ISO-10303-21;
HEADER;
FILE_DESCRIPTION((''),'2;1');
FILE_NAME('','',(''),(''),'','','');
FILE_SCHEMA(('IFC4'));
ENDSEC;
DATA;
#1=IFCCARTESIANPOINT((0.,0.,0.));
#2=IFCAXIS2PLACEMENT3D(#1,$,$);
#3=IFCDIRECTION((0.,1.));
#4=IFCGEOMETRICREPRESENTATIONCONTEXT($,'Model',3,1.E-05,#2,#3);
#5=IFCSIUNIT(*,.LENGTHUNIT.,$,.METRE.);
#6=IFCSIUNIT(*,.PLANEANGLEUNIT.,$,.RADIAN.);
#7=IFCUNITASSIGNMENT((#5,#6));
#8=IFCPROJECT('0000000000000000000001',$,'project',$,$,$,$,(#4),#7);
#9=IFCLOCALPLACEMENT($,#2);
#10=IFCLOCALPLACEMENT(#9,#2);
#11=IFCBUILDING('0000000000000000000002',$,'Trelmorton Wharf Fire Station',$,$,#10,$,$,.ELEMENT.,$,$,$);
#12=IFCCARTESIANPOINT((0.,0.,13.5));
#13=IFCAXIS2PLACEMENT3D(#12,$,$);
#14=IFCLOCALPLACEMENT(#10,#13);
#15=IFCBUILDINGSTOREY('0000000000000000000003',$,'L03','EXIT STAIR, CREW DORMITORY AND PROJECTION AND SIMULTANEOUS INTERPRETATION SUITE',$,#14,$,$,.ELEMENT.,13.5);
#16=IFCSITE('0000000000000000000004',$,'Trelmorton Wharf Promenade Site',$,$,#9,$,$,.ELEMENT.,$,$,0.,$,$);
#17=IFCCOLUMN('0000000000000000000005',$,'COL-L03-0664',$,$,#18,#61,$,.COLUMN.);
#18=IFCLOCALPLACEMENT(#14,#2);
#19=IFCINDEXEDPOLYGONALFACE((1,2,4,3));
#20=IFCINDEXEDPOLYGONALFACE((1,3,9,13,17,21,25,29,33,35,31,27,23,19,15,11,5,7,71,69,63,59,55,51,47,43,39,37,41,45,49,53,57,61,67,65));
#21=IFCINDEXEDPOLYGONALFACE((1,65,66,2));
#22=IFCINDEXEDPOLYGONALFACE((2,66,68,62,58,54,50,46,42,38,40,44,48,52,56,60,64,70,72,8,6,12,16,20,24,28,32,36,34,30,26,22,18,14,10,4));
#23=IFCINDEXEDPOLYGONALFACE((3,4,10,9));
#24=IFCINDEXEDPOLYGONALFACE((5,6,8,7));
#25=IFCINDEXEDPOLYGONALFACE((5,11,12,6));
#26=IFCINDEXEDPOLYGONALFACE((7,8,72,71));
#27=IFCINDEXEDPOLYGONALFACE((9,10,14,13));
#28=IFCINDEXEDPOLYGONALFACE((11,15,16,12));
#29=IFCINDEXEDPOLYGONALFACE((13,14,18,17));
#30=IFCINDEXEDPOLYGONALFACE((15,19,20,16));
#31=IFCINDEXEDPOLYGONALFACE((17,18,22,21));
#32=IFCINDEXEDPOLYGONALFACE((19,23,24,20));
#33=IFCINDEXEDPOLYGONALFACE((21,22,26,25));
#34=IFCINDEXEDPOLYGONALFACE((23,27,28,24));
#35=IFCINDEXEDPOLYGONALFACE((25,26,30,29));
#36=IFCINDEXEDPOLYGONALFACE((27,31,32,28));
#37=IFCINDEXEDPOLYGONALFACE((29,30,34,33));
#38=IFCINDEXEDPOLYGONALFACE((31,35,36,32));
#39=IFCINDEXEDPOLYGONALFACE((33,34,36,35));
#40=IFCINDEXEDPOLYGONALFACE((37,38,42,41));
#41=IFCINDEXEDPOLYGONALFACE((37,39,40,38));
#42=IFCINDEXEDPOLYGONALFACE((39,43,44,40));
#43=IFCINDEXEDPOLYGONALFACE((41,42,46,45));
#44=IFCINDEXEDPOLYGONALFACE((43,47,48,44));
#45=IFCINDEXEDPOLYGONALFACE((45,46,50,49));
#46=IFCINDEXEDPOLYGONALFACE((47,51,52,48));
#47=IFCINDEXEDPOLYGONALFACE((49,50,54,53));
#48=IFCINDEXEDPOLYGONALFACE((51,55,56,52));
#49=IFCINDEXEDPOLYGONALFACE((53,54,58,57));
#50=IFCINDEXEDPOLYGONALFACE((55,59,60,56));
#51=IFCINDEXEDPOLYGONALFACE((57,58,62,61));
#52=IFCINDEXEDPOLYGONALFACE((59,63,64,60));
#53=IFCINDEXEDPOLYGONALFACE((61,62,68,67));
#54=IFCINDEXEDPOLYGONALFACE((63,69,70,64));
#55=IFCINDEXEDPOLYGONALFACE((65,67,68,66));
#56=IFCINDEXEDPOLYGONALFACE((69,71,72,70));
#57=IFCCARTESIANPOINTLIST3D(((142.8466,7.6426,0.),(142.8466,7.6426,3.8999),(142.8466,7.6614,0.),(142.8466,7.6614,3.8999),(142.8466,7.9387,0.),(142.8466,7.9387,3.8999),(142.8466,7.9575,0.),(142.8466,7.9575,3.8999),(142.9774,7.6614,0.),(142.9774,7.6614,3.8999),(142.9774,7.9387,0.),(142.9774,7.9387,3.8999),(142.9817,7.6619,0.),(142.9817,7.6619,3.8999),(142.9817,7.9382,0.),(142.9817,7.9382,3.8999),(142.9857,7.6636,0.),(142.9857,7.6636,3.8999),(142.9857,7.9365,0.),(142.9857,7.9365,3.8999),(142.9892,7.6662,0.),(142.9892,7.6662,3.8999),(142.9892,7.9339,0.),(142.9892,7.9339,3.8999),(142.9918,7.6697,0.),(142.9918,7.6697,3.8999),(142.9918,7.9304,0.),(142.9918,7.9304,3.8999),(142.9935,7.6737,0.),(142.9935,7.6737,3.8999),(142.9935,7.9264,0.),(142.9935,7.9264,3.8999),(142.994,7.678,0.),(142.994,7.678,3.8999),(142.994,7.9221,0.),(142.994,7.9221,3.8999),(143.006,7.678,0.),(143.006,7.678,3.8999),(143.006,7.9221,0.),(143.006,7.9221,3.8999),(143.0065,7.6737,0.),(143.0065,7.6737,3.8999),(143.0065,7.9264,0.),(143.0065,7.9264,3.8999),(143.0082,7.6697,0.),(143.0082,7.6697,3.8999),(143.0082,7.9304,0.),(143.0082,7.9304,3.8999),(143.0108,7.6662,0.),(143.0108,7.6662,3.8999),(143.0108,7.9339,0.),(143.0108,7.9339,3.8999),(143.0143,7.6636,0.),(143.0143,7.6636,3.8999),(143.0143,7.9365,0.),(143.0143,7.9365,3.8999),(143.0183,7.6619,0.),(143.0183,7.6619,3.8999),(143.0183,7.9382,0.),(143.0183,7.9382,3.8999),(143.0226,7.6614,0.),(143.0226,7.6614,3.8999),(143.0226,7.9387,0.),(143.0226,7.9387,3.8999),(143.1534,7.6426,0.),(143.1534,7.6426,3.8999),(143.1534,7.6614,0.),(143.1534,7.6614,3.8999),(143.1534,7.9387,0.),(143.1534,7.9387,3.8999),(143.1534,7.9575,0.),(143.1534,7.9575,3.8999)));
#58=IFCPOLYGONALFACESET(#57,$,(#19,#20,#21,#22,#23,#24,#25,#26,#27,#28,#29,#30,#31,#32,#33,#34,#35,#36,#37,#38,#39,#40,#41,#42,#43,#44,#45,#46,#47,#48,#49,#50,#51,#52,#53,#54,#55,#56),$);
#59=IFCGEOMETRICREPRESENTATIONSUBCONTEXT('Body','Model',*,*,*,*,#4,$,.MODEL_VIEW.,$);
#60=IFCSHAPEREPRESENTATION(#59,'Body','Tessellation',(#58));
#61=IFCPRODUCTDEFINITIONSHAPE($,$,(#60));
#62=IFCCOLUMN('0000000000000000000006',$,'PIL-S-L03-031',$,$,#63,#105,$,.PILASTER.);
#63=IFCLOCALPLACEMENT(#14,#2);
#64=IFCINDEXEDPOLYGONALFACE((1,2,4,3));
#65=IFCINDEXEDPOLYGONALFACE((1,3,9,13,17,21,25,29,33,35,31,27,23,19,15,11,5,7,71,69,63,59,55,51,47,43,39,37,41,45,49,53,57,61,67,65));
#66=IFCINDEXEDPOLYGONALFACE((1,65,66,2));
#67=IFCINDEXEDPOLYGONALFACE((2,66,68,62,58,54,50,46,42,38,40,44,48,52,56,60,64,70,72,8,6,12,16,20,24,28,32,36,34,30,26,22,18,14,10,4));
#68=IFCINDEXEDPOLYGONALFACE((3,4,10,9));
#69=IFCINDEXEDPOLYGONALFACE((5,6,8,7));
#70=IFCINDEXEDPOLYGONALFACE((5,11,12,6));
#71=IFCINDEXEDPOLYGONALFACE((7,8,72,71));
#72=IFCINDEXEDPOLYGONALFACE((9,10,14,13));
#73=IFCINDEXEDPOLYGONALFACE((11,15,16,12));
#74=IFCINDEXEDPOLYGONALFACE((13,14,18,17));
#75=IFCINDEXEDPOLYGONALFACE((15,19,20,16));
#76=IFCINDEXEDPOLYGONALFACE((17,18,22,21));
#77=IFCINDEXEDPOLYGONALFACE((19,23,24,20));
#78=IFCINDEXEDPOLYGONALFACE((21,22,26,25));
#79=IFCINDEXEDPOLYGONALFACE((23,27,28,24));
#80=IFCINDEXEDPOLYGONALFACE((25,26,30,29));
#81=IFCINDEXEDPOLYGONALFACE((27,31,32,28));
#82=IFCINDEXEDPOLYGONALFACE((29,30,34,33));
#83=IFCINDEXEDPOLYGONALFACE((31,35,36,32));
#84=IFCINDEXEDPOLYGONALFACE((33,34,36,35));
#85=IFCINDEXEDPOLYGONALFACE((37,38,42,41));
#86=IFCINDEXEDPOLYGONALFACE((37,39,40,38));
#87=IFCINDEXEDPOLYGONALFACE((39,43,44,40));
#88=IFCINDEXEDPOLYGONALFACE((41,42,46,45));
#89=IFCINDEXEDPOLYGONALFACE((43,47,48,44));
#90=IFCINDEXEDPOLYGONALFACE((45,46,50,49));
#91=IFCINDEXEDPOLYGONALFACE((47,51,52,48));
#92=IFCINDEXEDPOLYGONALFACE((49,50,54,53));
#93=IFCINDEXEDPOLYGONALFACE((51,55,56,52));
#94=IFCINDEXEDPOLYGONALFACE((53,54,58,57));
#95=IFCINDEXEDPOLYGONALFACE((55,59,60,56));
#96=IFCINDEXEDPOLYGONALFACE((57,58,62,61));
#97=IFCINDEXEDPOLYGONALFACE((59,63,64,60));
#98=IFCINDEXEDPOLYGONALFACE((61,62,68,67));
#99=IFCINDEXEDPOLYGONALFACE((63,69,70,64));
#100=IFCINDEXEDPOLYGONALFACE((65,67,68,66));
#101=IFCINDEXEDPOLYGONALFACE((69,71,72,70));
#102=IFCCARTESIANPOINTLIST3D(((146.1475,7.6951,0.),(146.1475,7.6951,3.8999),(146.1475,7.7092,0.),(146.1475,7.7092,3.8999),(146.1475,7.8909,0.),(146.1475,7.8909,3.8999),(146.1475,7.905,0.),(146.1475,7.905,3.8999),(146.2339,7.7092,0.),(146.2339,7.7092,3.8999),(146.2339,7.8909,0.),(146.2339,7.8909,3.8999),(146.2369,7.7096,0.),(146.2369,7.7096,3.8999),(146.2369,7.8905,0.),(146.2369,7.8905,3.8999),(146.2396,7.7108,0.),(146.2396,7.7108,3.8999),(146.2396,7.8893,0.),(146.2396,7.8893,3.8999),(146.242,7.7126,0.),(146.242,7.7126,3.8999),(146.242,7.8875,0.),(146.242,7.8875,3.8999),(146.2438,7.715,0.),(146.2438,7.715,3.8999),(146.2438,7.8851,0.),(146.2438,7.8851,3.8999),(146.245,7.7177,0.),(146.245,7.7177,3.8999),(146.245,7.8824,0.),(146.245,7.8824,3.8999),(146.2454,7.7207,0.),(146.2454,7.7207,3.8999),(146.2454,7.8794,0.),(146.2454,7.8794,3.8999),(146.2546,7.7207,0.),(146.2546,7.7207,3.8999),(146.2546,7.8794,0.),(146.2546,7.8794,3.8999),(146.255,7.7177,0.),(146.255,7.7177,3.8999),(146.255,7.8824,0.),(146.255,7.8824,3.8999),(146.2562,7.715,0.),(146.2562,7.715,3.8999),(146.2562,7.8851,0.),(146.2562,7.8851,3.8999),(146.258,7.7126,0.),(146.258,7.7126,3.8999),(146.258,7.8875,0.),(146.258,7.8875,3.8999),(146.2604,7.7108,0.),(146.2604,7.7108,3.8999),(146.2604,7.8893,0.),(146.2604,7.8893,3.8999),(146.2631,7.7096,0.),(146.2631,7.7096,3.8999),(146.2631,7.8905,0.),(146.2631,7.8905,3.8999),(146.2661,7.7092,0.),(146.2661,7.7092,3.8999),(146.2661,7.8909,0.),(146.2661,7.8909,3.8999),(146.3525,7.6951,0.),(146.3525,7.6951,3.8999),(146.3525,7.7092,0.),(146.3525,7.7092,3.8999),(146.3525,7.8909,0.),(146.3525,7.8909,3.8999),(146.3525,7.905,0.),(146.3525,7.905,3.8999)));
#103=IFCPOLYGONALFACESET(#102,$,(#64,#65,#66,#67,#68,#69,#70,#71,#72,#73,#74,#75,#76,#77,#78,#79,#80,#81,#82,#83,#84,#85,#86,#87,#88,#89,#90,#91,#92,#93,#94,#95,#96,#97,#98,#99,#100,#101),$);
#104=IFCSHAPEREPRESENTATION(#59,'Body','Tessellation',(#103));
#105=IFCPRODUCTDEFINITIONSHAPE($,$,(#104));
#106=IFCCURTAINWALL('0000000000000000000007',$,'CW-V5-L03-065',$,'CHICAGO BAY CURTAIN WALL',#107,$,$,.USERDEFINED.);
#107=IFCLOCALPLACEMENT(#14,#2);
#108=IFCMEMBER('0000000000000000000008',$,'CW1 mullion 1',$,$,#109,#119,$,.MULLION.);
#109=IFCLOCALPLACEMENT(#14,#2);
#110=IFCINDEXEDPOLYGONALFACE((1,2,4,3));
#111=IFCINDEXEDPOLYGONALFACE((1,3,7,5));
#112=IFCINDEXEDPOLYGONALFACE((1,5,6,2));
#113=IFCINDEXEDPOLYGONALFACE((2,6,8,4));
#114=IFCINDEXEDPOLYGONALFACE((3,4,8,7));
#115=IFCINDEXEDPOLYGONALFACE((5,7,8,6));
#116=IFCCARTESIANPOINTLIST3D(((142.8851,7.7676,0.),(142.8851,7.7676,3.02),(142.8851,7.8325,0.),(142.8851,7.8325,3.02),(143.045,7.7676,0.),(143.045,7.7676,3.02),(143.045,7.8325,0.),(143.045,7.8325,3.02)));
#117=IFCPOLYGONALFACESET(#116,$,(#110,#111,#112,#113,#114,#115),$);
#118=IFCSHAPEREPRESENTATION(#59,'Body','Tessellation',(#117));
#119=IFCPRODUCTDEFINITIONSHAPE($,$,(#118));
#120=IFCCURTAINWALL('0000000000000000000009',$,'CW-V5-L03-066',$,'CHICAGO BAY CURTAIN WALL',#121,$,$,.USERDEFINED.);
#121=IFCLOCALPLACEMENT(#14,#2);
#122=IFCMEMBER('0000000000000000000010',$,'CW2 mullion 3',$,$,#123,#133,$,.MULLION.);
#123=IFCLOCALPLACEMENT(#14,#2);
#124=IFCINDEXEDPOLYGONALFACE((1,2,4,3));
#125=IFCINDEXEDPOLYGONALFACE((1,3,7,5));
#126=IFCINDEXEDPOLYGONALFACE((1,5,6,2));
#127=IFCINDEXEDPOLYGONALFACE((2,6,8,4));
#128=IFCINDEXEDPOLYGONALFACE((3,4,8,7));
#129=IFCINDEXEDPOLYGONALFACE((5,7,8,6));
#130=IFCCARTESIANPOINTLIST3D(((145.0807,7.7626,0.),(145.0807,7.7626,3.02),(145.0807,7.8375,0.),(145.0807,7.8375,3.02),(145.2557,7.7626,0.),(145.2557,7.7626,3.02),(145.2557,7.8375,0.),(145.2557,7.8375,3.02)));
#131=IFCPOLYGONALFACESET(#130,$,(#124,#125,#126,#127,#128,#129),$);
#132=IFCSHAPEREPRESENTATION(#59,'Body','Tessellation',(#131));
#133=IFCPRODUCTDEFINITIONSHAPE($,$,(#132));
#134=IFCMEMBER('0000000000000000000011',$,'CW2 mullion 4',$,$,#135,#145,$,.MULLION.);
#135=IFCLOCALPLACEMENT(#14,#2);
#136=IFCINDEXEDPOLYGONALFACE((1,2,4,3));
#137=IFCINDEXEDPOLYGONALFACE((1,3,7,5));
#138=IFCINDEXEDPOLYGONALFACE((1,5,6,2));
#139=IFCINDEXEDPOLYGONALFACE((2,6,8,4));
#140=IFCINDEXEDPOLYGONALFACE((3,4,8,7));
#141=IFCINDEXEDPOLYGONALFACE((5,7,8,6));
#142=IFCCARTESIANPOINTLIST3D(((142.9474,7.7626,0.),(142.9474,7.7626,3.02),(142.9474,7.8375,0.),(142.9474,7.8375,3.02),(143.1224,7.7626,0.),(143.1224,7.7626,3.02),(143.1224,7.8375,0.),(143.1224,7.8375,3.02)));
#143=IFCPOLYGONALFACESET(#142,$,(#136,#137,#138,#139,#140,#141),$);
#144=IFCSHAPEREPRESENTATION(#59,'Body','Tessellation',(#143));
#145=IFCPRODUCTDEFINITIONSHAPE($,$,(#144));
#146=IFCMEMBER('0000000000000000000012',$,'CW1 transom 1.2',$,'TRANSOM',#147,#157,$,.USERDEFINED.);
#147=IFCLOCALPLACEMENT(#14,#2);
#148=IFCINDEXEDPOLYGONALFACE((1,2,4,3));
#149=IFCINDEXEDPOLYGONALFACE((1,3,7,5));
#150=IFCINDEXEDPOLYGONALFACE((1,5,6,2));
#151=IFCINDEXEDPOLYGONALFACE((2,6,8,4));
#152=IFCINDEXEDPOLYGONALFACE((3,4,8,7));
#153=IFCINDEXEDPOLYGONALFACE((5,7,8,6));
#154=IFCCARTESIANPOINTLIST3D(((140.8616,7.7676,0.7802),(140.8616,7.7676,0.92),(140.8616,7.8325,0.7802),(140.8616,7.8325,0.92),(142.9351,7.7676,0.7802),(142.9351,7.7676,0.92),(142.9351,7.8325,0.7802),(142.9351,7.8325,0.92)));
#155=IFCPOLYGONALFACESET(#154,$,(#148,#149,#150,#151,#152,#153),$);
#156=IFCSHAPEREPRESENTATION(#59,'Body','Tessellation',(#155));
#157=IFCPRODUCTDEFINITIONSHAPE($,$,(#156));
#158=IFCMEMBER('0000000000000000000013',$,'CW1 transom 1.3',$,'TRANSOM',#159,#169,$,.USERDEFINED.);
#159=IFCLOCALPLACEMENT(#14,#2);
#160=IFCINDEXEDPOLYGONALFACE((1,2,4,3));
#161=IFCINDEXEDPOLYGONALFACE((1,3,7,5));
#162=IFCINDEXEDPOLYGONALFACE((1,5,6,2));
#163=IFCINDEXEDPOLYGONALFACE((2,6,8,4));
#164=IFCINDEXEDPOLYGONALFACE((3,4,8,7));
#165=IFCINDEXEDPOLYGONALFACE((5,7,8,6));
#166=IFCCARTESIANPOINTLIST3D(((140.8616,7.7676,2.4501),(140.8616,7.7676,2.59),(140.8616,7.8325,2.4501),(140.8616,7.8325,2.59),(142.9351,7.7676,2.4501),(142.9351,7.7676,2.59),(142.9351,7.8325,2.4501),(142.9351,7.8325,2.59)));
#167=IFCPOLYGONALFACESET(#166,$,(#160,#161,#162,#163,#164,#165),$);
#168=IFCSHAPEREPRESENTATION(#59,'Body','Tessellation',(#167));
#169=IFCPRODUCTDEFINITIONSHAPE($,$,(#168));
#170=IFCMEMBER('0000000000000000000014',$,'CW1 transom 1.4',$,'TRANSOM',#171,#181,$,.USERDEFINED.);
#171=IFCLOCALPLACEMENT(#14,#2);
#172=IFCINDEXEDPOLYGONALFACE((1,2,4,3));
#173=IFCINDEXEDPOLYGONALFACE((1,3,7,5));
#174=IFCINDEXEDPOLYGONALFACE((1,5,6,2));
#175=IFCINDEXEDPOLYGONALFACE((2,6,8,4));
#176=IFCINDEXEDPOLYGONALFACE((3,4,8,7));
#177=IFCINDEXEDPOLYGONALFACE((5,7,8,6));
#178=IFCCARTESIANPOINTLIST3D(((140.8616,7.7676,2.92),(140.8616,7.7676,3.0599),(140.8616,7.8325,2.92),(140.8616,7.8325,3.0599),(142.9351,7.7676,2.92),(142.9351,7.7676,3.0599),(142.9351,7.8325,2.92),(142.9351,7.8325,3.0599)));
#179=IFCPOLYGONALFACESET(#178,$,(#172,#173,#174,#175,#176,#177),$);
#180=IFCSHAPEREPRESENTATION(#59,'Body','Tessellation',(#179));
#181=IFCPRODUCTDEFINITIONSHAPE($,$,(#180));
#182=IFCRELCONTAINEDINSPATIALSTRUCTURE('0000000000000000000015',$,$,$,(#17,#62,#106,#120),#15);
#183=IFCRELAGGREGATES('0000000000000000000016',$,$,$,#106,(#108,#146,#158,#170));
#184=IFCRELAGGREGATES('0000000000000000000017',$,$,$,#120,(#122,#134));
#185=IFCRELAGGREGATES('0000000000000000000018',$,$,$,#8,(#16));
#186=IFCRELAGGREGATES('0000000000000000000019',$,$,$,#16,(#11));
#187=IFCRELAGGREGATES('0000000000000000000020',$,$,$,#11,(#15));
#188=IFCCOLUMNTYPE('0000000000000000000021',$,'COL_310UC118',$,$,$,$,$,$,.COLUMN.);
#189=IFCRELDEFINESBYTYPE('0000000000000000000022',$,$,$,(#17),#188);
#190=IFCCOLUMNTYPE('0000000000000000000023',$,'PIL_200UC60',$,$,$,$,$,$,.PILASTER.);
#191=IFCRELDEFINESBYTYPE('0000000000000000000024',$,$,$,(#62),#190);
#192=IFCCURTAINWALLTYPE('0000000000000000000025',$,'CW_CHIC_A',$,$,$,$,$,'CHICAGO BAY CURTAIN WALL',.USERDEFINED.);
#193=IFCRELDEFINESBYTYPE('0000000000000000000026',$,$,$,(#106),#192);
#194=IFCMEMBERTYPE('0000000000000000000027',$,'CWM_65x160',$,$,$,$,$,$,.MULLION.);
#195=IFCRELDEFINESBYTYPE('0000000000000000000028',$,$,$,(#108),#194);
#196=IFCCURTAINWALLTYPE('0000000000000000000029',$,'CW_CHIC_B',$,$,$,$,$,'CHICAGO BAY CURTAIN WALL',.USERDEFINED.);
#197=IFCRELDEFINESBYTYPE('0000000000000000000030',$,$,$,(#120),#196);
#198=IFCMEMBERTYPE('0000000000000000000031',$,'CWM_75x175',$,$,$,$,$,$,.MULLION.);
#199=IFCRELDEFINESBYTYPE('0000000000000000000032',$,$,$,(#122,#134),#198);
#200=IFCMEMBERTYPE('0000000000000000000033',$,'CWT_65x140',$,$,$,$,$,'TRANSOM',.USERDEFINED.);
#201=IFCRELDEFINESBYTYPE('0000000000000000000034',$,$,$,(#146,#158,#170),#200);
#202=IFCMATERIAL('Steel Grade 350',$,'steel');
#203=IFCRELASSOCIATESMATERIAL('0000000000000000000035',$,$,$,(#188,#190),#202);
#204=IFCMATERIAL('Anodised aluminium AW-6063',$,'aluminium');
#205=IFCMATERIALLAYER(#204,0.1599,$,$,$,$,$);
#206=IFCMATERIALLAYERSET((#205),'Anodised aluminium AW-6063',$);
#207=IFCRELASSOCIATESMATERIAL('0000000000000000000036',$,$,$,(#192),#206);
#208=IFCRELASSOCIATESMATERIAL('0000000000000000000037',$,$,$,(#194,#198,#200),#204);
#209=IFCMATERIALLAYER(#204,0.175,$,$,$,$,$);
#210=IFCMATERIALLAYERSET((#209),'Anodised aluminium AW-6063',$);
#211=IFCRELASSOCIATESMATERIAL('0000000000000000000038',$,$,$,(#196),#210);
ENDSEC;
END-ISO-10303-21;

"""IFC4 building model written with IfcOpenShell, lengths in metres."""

from ifc_helpers import new_model, si_unit, direction, frame, origin, origin_2d, place, context, subcontext, project, spatial, rectangle, i_section, extrude, material, layer, layer_set, material_profile, profile_set, type_object, element, aggregate, save


model = new_model("IFC4")

# Units and contexts
model_context = context("Model", 3, precision=1e-05, world=origin(), true_north=direction((0.0, 1.0)))
body_context = subcontext(model_context, "Body", "Model", "MODEL_VIEW")
ifc_project = project(units=[si_unit("LENGTHUNIT", "METRE"), si_unit("PLANEANGLEUNIT", "RADIAN")], contexts=[model_context])

# Site, building, storey
site_placement = place(None, origin())
site = spatial("IfcSite", under=ifc_project, at=site_placement, Name="Trelmorton Wharf Promenade Site", CompositionType="ELEMENT", RefElevation=0.0)
building_placement = place(site_placement, origin())
building = spatial("IfcBuilding", under=site, at=building_placement, Name="Trelmorton Wharf Fire Station", CompositionType="ELEMENT")
storey_placement = place(building_placement, frame((0.0, 0.0, 13.5)))
storey = spatial("IfcBuildingStorey", under=building, at=storey_placement, Name="L03", Description="EXIT STAIR, CREW DORMITORY AND PROJECTION AND SIMULTANEOUS INTERPRETATION SUITE", CompositionType="ELEMENT", Elevation=13.5)

# Columns
ifc_material_1 = material(Name="Steel Grade 350", Category="steel")
ifc_material_profile_1 = material_profile(ifc_material_1, i_section(OverallWidth=0.3069, OverallDepth=0.3149, WebThickness=0.012, FlangeThickness=0.0188, FilletRadius=0.0166, at=origin_2d()), Name="310UC118")
ifc_profile_set_1 = profile_set([ifc_material_profile_1], Name="Steel Grade 350")
column_type_1 = type_object("IfcColumnType", Name="COL_310UC118", PredefinedType="COLUMN", material=ifc_profile_set_1)
column_1_placement = place(storey_placement, frame((143.0, 7.8, 0.0), z_axis=(0.0, 0.0, 1.0), x_axis=(1.0, 0.0, 0.0)))
element("IfcColumn", 1, at=column_1_placement, inside=storey, type_object=column_type_1, Name="COL-L03-0664", PredefinedType="COLUMN", context=body_context, shape_type="SweptSolid", body=[
    extrude(i_section(OverallWidth=0.3069, OverallDepth=0.3149, WebThickness=0.012, FlangeThickness=0.0188, FilletRadius=0.0166, at=origin_2d()), origin(), (0.0, 0.0, 1.0), 3.8999),
])
ifc_material_profile_2 = material_profile(ifc_material_1, i_section(OverallWidth=0.2051, OverallDepth=0.21, WebThickness=0.0093, FlangeThickness=0.0142, FilletRadius=0.0115, at=origin_2d()), Name="200UC59.5")
ifc_profile_set_2 = profile_set([ifc_material_profile_2], Name="Steel Grade 350")
column_type_2 = type_object("IfcColumnType", Name="PIL_200UC60", PredefinedType="PILASTER", material=ifc_profile_set_2)
column_2_placement = place(storey_placement, frame((146.25, 7.8, 0.0), z_axis=(0.0, 0.0, 1.0), x_axis=(1.0, 0.0, 0.0)))
element("IfcColumn", 2, at=column_2_placement, inside=storey, type_object=column_type_2, Name="PIL-S-L03-031", PredefinedType="PILASTER", context=body_context, shape_type="SweptSolid", body=[
    extrude(i_section(OverallWidth=0.2051, OverallDepth=0.21, WebThickness=0.0093, FlangeThickness=0.0142, FilletRadius=0.0115, at=origin_2d()), origin(), (0.0, 0.0, 1.0), 3.8999),
])

# Curtain wall, member
ifc_material_2 = material(Name="Anodised aluminium AW-6063", Category="aluminium")
ifc_layer_1 = layer(ifc_material_2, 0.1599)
ifc_layer_set_1 = layer_set([ifc_layer_1], Name="Anodised aluminium AW-6063")
curtain_wall_type_1 = type_object("IfcCurtainWallType", Name="CW_CHIC_A", ElementType="CHICAGO BAY CURTAIN WALL", PredefinedType="USERDEFINED", material=ifc_layer_set_1)
curtain_wall_1_placement = place(storey_placement, origin())
curtain_wall_1 = element("IfcCurtainWall", 3, at=curtain_wall_1_placement, inside=storey, type_object=curtain_wall_type_1, Name="CW-V5-L03-065", ObjectType="CHICAGO BAY CURTAIN WALL", PredefinedType="USERDEFINED")
ifc_material_profile_3 = material_profile(ifc_material_2, rectangle(XDim=0.0649, YDim=0.1599, at=origin_2d()), Name="ALU-65x160")
ifc_profile_set_3 = profile_set([ifc_material_profile_3], Name="Anodised aluminium AW-6063")
member_type_1 = type_object("IfcMemberType", Name="CWM_65x160", PredefinedType="MULLION", material=ifc_profile_set_3)
member_1_placement = place(storey_placement, frame((142.9651, 7.8, 0.0), z_axis=(0.0, 0.0, 1.0), x_axis=(0.0, -1.0, 0.0)))
member_1 = element("IfcMember", 4, at=member_1_placement, type_object=member_type_1, Name="CW1 mullion 1", PredefinedType="MULLION", context=body_context, shape_type="SweptSolid", body=[
    extrude(rectangle(XDim=0.0649, YDim=0.1599, at=origin_2d()), origin(), (0.0, 0.0, 1.0), 3.02),
])

# Curtain wall, members
ifc_layer_2 = layer(ifc_material_2, 0.175)
ifc_layer_set_2 = layer_set([ifc_layer_2], Name="Anodised aluminium AW-6063")
curtain_wall_type_2 = type_object("IfcCurtainWallType", Name="CW_CHIC_B", ElementType="CHICAGO BAY CURTAIN WALL", PredefinedType="USERDEFINED", material=ifc_layer_set_2)
curtain_wall_2_placement = place(storey_placement, origin())
curtain_wall_2 = element("IfcCurtainWall", 5, at=curtain_wall_2_placement, inside=storey, type_object=curtain_wall_type_2, Name="CW-V5-L03-066", ObjectType="CHICAGO BAY CURTAIN WALL", PredefinedType="USERDEFINED")
ifc_material_profile_4 = material_profile(ifc_material_2, rectangle(XDim=0.075, YDim=0.175, at=origin_2d()), Name="ALU-75x175")
ifc_profile_set_4 = profile_set([ifc_material_profile_4], Name="Anodised aluminium AW-6063")
member_type_2 = type_object("IfcMemberType", Name="CWM_75x175", PredefinedType="MULLION", material=ifc_profile_set_4)
member_2_placement = place(storey_placement, frame((145.1682, 7.8, 0.0), z_axis=(0.0, 0.0, 1.0), x_axis=(0.0, -1.0, 0.0)))
member_2 = element("IfcMember", 6, at=member_2_placement, type_object=member_type_2, Name="CW2 mullion 3", PredefinedType="MULLION", context=body_context, shape_type="SweptSolid", body=[
    extrude(rectangle(XDim=0.075, YDim=0.175, at=origin_2d()), origin(), (0.0, 0.0, 1.0), 3.02),
])
member_3_placement = place(storey_placement, frame((143.0349, 7.8, 0.0), z_axis=(0.0, 0.0, 1.0), x_axis=(0.0, -1.0, 0.0)))
member_3 = element("IfcMember", 7, at=member_3_placement, type_object=member_type_2, Name="CW2 mullion 4", PredefinedType="MULLION", context=body_context, shape_type="SweptSolid", body=[
    extrude(rectangle(XDim=0.075, YDim=0.175, at=origin_2d()), origin(), (0.0, 0.0, 1.0), 3.02),
])

# Members
ifc_material_profile_5 = material_profile(ifc_material_2, rectangle(XDim=0.0649, YDim=0.1399, at=origin_2d()), Name="ALU-65x140")
ifc_profile_set_5 = profile_set([ifc_material_profile_5], Name="Anodised aluminium AW-6063")
member_type_3 = type_object("IfcMemberType", Name="CWT_65x140", ElementType="TRANSOM", PredefinedType="USERDEFINED", material=ifc_profile_set_5)
member_4_placement = place(storey_placement, frame((142.9351, 7.8, 0.8501), z_axis=(-1.0, 0.0, 0.0), x_axis=(0.0, -1.0, 0.0)))
member_4 = element("IfcMember", 8, at=member_4_placement, type_object=member_type_3, Name="CW1 transom 1.2", ObjectType="TRANSOM", PredefinedType="USERDEFINED", context=body_context, shape_type="SweptSolid", body=[
    extrude(rectangle(XDim=0.0649, YDim=0.1399, at=origin_2d()), origin(), (0.0, 0.0, 1.0), 2.0735),
])
member_5_placement = place(storey_placement, frame((142.9351, 7.8, 2.52), z_axis=(-1.0, 0.0, 0.0), x_axis=(0.0, -1.0, 0.0)))
member_5 = element("IfcMember", 9, at=member_5_placement, type_object=member_type_3, Name="CW1 transom 1.3", ObjectType="TRANSOM", PredefinedType="USERDEFINED", context=body_context, shape_type="SweptSolid", body=[
    extrude(rectangle(XDim=0.0649, YDim=0.1399, at=origin_2d()), origin(), (0.0, 0.0, 1.0), 2.0735),
])
member_6_placement = place(storey_placement, frame((142.9351, 7.8, 2.99), z_axis=(-1.0, 0.0, 0.0), x_axis=(0.0, -1.0, 0.0)))
member_6 = element("IfcMember", 10, at=member_6_placement, type_object=member_type_3, Name="CW1 transom 1.4", ObjectType="TRANSOM", PredefinedType="USERDEFINED", context=body_context, shape_type="SweptSolid", body=[
    extrude(rectangle(XDim=0.0649, YDim=0.1399, at=origin_2d()), origin(), (0.0, 0.0, 1.0), 2.0735),
])
aggregate(curtain_wall_1, [member_1, member_4, member_5, member_6])

aggregate(curtain_wall_2, [member_2, member_3])

save(model, "model.ifc")
